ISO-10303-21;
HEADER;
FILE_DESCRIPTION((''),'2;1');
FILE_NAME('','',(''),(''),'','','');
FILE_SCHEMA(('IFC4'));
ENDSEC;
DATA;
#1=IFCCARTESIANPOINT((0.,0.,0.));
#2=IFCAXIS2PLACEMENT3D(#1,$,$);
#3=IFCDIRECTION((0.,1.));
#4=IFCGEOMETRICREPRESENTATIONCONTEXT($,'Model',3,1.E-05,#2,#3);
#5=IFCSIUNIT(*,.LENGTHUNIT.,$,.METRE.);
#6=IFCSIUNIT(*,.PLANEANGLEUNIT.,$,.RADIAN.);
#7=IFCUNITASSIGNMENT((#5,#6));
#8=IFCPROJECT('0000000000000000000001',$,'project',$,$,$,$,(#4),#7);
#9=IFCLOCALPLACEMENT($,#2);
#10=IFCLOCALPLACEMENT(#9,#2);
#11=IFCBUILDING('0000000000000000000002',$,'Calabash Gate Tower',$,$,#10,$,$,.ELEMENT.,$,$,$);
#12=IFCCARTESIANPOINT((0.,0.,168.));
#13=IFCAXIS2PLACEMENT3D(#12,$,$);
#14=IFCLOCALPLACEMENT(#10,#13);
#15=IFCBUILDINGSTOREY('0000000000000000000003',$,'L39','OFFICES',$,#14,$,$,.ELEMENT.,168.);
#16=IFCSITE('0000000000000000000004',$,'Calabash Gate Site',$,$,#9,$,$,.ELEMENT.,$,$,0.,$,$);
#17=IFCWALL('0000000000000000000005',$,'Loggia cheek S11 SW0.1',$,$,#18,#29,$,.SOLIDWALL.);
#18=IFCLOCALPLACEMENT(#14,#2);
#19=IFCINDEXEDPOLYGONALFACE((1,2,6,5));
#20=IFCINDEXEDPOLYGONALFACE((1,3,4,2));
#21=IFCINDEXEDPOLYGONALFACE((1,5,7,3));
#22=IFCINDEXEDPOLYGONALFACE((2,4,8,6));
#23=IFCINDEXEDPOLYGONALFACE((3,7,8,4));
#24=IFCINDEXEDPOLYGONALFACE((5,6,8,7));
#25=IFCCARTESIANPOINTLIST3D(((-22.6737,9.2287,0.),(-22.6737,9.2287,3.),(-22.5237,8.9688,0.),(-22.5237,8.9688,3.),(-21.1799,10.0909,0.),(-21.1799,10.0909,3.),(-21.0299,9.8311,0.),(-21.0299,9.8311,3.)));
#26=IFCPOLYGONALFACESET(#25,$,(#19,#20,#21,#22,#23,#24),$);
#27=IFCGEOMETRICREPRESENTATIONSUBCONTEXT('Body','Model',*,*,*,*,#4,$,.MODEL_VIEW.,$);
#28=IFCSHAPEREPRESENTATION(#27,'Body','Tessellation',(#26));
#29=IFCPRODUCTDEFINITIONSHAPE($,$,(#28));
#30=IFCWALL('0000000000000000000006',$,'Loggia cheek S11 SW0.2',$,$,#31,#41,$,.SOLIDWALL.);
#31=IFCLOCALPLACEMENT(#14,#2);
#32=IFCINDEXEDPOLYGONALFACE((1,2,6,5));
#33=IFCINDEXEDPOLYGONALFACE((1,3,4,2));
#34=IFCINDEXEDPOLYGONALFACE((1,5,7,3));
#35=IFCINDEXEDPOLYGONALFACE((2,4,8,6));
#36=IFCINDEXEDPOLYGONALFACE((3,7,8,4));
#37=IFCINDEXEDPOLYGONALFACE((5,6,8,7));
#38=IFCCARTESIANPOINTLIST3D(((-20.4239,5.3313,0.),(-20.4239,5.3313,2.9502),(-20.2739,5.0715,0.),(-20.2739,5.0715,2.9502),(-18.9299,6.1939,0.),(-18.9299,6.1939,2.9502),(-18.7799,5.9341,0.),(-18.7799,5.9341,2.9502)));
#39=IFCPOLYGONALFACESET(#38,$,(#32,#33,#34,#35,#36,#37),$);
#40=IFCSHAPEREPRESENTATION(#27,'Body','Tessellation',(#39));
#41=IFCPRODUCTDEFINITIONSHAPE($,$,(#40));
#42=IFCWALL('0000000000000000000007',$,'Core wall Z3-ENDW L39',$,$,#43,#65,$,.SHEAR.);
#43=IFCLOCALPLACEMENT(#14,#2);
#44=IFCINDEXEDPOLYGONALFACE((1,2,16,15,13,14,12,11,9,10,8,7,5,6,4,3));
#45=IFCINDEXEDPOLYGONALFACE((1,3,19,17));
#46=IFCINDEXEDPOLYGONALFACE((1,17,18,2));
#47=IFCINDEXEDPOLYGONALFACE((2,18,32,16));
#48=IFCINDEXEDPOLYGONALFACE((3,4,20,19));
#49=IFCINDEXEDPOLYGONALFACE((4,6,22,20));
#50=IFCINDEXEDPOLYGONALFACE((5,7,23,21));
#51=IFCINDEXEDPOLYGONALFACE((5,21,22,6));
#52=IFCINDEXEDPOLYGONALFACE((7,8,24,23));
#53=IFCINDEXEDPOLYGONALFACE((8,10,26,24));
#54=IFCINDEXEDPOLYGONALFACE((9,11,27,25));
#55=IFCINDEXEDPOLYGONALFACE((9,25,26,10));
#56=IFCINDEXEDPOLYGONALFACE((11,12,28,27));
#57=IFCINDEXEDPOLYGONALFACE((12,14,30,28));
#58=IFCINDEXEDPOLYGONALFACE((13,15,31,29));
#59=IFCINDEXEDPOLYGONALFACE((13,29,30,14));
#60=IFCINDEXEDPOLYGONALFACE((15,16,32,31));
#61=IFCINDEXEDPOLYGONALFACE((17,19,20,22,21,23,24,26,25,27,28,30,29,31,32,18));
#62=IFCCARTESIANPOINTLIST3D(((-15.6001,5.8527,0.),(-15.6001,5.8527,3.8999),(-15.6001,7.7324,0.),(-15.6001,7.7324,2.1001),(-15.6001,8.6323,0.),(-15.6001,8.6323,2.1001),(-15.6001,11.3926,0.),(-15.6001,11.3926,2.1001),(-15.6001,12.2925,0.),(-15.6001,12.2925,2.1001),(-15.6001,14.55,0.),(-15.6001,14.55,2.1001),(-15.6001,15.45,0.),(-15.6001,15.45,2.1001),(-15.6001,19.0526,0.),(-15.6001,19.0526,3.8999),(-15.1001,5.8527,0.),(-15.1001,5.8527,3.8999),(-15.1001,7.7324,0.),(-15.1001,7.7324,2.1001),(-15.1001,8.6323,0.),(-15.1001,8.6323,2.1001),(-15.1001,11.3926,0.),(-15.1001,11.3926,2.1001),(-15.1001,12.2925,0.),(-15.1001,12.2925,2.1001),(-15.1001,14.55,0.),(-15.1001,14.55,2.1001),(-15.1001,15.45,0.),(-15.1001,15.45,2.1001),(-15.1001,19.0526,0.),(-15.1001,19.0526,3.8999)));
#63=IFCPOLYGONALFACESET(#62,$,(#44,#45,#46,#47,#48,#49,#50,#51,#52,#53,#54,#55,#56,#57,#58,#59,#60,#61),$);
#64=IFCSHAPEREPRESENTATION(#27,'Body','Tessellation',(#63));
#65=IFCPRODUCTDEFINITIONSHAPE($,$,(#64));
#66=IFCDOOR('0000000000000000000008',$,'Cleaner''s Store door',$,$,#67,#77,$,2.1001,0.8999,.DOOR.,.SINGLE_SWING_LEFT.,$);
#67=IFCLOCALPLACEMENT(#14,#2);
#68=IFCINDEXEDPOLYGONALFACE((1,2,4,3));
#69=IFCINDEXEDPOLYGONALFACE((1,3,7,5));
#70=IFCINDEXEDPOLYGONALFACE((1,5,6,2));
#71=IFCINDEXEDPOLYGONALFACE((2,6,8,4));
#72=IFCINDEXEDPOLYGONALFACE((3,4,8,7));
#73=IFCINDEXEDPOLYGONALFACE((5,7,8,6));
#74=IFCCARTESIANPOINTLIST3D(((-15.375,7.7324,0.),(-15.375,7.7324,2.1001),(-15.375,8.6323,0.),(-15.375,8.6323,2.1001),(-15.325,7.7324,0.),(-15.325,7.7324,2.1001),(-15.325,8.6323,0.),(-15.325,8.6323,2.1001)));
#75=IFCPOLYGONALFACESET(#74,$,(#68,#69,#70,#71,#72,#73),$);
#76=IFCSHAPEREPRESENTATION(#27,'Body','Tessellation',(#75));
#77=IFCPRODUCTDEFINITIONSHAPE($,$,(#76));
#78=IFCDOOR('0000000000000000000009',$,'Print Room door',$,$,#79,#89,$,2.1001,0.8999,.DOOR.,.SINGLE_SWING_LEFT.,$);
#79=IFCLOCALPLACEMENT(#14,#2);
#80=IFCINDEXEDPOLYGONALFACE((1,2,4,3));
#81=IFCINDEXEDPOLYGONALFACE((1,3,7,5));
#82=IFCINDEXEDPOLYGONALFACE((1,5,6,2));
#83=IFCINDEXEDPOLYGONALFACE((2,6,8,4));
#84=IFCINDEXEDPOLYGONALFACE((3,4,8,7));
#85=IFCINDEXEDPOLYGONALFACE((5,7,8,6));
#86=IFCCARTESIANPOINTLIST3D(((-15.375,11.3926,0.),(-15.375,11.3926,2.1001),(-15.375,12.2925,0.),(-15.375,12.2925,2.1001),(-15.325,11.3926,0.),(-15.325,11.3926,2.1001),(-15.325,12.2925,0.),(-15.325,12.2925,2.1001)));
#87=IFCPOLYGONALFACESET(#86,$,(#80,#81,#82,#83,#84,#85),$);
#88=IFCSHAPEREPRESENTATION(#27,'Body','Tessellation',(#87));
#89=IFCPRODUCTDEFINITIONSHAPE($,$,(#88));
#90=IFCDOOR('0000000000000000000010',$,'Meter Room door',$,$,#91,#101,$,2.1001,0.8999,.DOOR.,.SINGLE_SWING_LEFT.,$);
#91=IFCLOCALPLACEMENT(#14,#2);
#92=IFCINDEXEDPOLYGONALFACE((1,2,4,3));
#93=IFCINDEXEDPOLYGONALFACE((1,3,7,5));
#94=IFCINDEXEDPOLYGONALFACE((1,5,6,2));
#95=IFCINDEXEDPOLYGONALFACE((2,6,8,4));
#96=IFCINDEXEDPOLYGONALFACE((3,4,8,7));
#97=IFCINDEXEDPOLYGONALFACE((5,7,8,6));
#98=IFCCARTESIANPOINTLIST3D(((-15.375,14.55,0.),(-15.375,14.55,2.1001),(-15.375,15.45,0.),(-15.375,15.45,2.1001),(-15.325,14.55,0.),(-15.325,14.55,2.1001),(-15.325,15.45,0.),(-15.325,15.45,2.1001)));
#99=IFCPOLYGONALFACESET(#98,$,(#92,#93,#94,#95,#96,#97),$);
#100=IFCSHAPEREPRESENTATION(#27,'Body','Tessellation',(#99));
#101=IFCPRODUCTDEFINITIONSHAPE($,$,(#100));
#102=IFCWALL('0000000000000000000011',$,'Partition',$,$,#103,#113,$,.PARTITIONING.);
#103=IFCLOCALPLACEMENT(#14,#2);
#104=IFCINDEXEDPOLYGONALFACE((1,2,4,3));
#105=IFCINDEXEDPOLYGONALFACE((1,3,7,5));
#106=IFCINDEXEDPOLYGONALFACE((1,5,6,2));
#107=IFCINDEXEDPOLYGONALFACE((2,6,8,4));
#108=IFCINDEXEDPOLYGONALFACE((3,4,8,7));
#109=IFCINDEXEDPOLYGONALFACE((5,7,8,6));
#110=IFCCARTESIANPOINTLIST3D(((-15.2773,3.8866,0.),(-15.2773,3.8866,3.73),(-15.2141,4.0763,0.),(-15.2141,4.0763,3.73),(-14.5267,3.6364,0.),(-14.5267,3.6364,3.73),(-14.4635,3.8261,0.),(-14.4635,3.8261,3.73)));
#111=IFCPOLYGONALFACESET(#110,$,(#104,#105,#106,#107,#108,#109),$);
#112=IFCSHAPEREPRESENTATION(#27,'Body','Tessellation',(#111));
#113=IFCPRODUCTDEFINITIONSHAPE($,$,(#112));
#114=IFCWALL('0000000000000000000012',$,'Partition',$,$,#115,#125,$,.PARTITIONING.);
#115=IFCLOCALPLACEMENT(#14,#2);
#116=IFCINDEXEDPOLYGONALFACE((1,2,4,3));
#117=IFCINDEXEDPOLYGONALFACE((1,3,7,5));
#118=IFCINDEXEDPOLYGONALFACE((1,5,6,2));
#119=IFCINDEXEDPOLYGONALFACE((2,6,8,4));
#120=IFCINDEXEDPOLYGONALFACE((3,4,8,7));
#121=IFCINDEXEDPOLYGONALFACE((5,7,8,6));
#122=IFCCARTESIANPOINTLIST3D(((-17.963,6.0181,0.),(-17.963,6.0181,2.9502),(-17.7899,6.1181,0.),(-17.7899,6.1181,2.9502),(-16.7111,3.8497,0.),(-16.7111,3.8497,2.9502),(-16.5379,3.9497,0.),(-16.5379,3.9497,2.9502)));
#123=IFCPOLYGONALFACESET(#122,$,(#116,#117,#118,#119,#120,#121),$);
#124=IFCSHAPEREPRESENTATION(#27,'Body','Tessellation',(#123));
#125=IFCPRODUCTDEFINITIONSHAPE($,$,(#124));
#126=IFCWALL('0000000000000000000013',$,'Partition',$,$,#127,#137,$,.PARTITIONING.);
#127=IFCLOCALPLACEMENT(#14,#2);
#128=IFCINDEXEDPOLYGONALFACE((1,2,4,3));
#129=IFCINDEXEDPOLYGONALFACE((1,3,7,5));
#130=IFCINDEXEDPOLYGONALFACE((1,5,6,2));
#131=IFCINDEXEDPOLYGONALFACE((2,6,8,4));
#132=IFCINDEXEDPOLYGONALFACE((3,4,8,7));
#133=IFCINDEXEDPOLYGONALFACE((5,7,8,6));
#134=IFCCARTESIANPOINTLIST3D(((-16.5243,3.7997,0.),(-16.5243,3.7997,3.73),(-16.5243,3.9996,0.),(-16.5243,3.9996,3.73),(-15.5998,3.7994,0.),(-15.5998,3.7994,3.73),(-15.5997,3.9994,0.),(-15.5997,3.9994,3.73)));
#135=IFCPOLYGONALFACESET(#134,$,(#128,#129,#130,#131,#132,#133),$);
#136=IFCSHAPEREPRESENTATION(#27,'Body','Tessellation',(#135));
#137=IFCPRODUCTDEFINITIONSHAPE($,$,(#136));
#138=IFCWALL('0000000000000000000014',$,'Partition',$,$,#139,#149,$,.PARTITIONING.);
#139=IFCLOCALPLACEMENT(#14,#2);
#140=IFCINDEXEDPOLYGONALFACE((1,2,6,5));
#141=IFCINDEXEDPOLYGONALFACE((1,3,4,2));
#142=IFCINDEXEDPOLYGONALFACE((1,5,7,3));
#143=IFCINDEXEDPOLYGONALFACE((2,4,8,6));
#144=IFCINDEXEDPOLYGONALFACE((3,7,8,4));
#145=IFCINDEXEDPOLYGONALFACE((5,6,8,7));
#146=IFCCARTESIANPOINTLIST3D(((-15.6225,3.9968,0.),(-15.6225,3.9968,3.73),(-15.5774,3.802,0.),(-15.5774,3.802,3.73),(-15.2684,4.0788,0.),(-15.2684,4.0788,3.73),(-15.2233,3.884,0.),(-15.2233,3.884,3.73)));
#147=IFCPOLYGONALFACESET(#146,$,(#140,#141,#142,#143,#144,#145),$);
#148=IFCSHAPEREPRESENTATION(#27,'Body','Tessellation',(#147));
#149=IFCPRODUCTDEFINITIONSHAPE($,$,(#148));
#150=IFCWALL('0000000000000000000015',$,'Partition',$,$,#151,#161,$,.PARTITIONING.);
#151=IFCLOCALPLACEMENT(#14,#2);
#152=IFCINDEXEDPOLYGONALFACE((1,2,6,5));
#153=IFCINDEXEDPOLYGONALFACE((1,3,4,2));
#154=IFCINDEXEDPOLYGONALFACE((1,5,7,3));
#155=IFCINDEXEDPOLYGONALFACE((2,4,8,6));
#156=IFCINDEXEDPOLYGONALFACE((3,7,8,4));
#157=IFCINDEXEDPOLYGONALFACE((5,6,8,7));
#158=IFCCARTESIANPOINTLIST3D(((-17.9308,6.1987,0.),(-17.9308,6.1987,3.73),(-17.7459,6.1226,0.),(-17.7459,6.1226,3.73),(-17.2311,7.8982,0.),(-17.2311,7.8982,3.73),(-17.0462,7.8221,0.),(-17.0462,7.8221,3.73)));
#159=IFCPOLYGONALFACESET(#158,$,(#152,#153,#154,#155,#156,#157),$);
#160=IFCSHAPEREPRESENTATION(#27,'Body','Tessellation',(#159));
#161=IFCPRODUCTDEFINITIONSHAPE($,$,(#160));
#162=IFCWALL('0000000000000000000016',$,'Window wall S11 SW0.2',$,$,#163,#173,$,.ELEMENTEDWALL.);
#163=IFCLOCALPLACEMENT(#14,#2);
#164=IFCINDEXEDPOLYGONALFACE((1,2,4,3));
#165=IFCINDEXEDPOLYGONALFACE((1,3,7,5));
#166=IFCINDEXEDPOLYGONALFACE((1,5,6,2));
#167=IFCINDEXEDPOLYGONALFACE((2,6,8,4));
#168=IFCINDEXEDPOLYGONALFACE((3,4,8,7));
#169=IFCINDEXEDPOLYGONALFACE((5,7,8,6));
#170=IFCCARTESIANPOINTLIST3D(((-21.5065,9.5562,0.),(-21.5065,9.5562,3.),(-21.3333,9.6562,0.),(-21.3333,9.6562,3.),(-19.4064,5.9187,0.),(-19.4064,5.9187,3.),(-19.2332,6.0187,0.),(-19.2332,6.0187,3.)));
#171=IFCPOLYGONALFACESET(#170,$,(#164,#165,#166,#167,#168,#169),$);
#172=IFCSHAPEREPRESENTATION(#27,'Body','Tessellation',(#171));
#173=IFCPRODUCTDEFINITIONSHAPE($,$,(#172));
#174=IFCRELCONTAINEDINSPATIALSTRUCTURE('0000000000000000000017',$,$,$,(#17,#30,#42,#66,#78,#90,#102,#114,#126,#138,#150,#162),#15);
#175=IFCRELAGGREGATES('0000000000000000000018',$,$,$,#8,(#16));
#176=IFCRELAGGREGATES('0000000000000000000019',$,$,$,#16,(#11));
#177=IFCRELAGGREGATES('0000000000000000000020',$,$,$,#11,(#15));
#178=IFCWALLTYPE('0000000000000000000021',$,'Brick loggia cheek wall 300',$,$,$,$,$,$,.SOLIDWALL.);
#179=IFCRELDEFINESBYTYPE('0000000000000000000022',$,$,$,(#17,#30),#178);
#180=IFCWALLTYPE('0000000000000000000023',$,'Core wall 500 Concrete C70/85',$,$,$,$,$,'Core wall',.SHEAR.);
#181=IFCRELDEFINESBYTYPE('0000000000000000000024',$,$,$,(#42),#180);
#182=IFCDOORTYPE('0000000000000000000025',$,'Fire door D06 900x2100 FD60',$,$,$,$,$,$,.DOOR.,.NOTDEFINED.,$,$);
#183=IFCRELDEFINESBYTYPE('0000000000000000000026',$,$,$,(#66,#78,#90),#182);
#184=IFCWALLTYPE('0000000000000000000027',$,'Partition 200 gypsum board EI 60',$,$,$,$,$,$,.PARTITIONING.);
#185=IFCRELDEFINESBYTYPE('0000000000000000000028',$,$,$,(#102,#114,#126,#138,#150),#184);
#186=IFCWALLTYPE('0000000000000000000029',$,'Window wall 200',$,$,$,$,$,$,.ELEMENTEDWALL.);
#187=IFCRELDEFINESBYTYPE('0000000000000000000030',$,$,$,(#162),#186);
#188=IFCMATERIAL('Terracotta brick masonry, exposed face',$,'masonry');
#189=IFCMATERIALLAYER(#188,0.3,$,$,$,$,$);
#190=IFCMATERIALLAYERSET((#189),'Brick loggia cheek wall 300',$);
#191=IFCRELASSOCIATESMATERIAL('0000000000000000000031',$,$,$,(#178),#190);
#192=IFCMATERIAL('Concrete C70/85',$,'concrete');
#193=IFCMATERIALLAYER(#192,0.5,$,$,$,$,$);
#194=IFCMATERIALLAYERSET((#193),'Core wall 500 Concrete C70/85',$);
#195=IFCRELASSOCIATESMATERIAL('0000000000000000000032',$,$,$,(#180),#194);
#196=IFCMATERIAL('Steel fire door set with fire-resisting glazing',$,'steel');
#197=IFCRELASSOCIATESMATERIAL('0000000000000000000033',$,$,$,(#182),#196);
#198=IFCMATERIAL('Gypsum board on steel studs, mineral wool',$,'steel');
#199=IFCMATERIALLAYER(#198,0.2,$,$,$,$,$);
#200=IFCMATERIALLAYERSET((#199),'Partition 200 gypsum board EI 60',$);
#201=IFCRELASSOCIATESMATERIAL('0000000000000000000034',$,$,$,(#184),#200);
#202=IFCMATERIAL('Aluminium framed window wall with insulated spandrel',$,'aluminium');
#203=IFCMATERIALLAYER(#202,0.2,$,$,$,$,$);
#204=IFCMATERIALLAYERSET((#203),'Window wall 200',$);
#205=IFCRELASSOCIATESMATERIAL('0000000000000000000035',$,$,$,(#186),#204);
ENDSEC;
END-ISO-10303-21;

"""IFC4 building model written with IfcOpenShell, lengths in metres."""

from ifc_helpers import new_model, si_unit, direction, frame, frame_2d, origin, place, context, subcontext, project, spatial, rectangle, extrude, material, layer, layer_set, type_object, element, fill, save


model = new_model("IFC4")

# Units and contexts
model_context = context("Model", 3, precision=1e-05, world=origin(), true_north=direction((0.0, 1.0)))
body_context = subcontext(model_context, "Body", "Model", "MODEL_VIEW")
ifc_project = project(units=[si_unit("LENGTHUNIT", "METRE"), si_unit("PLANEANGLEUNIT", "RADIAN")], contexts=[model_context])

# Site, building, storey
site_placement = place(None, origin())
site = spatial("IfcSite", under=ifc_project, at=site_placement, Name="Calabash Gate Site", CompositionType="ELEMENT", RefElevation=0.0)
building_placement = place(site_placement, origin())
building = spatial("IfcBuilding", under=site, at=building_placement, Name="Calabash Gate Tower", CompositionType="ELEMENT")
storey_placement = place(building_placement, frame((0.0, 0.0, 168.0)))
storey = spatial("IfcBuildingStorey", under=building, at=storey_placement, Name="L39", Description="OFFICES", CompositionType="ELEMENT", Elevation=168.0)

# Walls
ifc_material_1 = material(Name="Terracotta brick masonry, exposed face", Category="masonry")
ifc_layer_1 = layer(ifc_material_1, 0.3)
ifc_layer_set_1 = layer_set([ifc_layer_1], Name="Brick loggia cheek wall 300")
wall_type_1 = type_object("IfcWallType", Name="Brick loggia cheek wall 300", PredefinedType="SOLIDWALL", material=ifc_layer_set_1)
wall_1_placement = place(storey_placement, frame((-21.105, 9.9609, 0.0), z_axis=(0.0, 0.0, 1.0), x_axis=(-0.866075, -0.499914, 0.0)))
element("IfcWall", 1, at=wall_1_placement, inside=storey, type_object=wall_type_1, Name="Loggia cheek S11 SW0.1", PredefinedType="SOLIDWALL", context=body_context, shape_type="SweptSolid", body=[
    extrude(rectangle(XDim=1.7249, YDim=0.3, at=frame_2d((0.8623, 0.0))), origin(), (0.0, 0.0, 1.0), 3.0),
])
wall_2_placement = place(storey_placement, frame((-20.3489, 5.2014, 0.0), z_axis=(0.0, 0.0, 1.0), x_axis=(0.866014, 0.500021, 0.0)))
element("IfcWall", 2, at=wall_2_placement, inside=storey, type_object=wall_type_1, Name="Loggia cheek S11 SW0.2", PredefinedType="SOLIDWALL", context=body_context, shape_type="SweptSolid", body=[
    extrude(rectangle(XDim=1.7251, YDim=0.3, at=frame_2d((0.8625, 0.0))), origin(), (0.0, 0.0, 1.0), 2.9502),
])

# Wall, openings, doors
ifc_material_2 = material(Name="Concrete C70/85", Category="concrete")
ifc_layer_2 = layer(ifc_material_2, 0.5)
ifc_layer_set_2 = layer_set([ifc_layer_2], Name="Core wall 500 Concrete C70/85")
wall_type_2 = type_object("IfcWallType", Name="Core wall 500 Concrete C70/85", ElementType="Core wall", PredefinedType="SHEAR", material=ifc_layer_set_2)
wall_3_placement = place(storey_placement, frame((-15.3501, 5.8525, 0.0), z_axis=(0.0, 0.0, 1.0), x_axis=(0.0, 1.0, 0.0)))
wall_3 = element("IfcWall", 3, at=wall_3_placement, inside=storey, type_object=wall_type_2, Name="Core wall Z3-ENDW L39", PredefinedType="SHEAR", context=body_context, shape_type="SweptSolid", body=[
    extrude(rectangle(XDim=13.2, YDim=0.5, at=frame_2d((6.6001, 0.0))), origin(), (0.0, 0.0, 1.0), 3.8999),
])
opening_1_placement = place(wall_3_placement, frame((1.8799, 0.0, 0.0)))
opening_1 = element("IfcOpeningElement", 4, at=opening_1_placement, cuts=wall_3, PredefinedType="OPENING", context=body_context, shape_type="SweptSolid", body=[
    extrude(rectangle(XDim=0.8999, YDim=2.1001, at=frame_2d((0.45, 1.05))), frame((0.0, 0.26, 0.0), z_axis=(0.0, -1.0, 0.0), x_axis=(1.0, 0.0, 0.0)), (0.0, 0.0, 1.0), 0.52),
])
opening_2_placement = place(wall_3_placement, frame((5.54, 0.0, 0.0)))
opening_2 = element("IfcOpeningElement", 5, at=opening_2_placement, cuts=wall_3, PredefinedType="OPENING", context=body_context, shape_type="SweptSolid", body=[
    extrude(rectangle(XDim=0.8999, YDim=2.1001, at=frame_2d((0.45, 1.05))), frame((0.0, 0.26, 0.0), z_axis=(0.0, -1.0, 0.0), x_axis=(1.0, 0.0, 0.0)), (0.0, 0.0, 1.0), 0.52),
])
opening_3_placement = place(wall_3_placement, frame((8.6975, 0.0, 0.0)))
opening_3 = element("IfcOpeningElement", 6, at=opening_3_placement, cuts=wall_3, PredefinedType="OPENING", context=body_context, shape_type="SweptSolid", body=[
    extrude(rectangle(XDim=0.8999, YDim=2.1001, at=frame_2d((0.45, 1.05))), frame((0.0, 0.26, 0.0), z_axis=(0.0, -1.0, 0.0), x_axis=(1.0, 0.0, 0.0)), (0.0, 0.0, 1.0), 0.52),
])
ifc_material_3 = material(Name="Steel fire door set with fire-resisting glazing", Category="steel")
door_type = type_object("IfcDoorType", Name="Fire door D06 900x2100 FD60", OperationType="NOTDEFINED", PredefinedType="DOOR", material=ifc_material_3)
door_1_placement = place(opening_1_placement, origin())
door_1 = element("IfcDoor", 7, at=door_1_placement, inside=storey, type_object=door_type, Name="Cleaner's Store door", OperationType="SINGLE_SWING_LEFT", OverallHeight=2.1001, OverallWidth=0.8999, PredefinedType="DOOR", context=body_context, shape_type="SweptSolid", body=[
    extrude(rectangle(XDim=0.8999, YDim=2.1001, at=frame_2d((0.45, 1.05))), frame((0.0, 0.0249, 0.0), z_axis=(0.0, -1.0, 0.0), x_axis=(1.0, 0.0, 0.0)), (0.0, 0.0, 1.0), 0.05),
])
fill(opening_1, door_1)
door_2_placement = place(opening_2_placement, origin())
door_2 = element("IfcDoor", 8, at=door_2_placement, inside=storey, type_object=door_type, Name="Print Room door", OperationType="SINGLE_SWING_LEFT", OverallHeight=2.1001, OverallWidth=0.8999, PredefinedType="DOOR", context=body_context, shape_type="SweptSolid", body=[
    extrude(rectangle(XDim=0.8999, YDim=2.1001, at=frame_2d((0.45, 1.05))), frame((0.0, 0.0249, 0.0), z_axis=(0.0, -1.0, 0.0), x_axis=(1.0, 0.0, 0.0)), (0.0, 0.0, 1.0), 0.05),
])
fill(opening_2, door_2)
door_3_placement = place(opening_3_placement, origin())
door_3 = element("IfcDoor", 9, at=door_3_placement, inside=storey, type_object=door_type, Name="Meter Room door", OperationType="SINGLE_SWING_LEFT", OverallHeight=2.1001, OverallWidth=0.8999, PredefinedType="DOOR", context=body_context, shape_type="SweptSolid", body=[
    extrude(rectangle(XDim=0.8999, YDim=2.1001, at=frame_2d((0.45, 1.05))), frame((0.0, 0.0249, 0.0), z_axis=(0.0, -1.0, 0.0), x_axis=(1.0, 0.0, 0.0)), (0.0, 0.0, 1.0), 0.05),
])
fill(opening_3, door_3)

# Walls
ifc_material_4 = material(Name="Gypsum board on steel studs, mineral wool", Category="steel")
ifc_layer_3 = layer(ifc_material_4, 0.2)
ifc_layer_set_3 = layer_set([ifc_layer_3], Name="Partition 200 gypsum board EI 60")
wall_type_3 = type_object("IfcWallType", Name="Partition 200 gypsum board EI 60", PredefinedType="PARTITIONING", material=ifc_layer_set_3)
wall_4_placement = place(storey_placement, frame((-15.2456, 3.9814, 0.0), z_axis=(0.0, 0.0, 1.0), x_axis=(0.948683, -0.316228, 0.0)))
element("IfcWall", 10, at=wall_4_placement, inside=storey, type_object=wall_type_3, Name="Partition", PredefinedType="PARTITIONING", context=body_context, shape_type="SweptSolid", body=[
    extrude(rectangle(XDim=0.7913, YDim=0.2, at=frame_2d((0.3955, 0.0))), origin(), (0.0, 0.0, 1.0), 3.73),
])
wall_5_placement = place(storey_placement, frame((-17.8765, 6.0681, 0.0), z_axis=(0.0, 0.0, 1.0), x_axis=(0.499998, -0.866026, 0.0)))
element("IfcWall", 11, at=wall_5_placement, inside=storey, type_object=wall_type_3, Name="Partition", PredefinedType="PARTITIONING", context=body_context, shape_type="SweptSolid", body=[
    extrude(rectangle(XDim=2.5039, YDim=0.2, at=frame_2d((1.252, 0.0))), origin(), (0.0, 0.0, 1.0), 2.9502),
])
wall_6_placement = place(storey_placement, frame((-16.5244, 3.8997, 0.0), z_axis=(0.0, 0.0, 1.0), x_axis=(1.0, -0.000264, 0.0)))
element("IfcWall", 12, at=wall_6_placement, inside=storey, type_object=wall_type_3, Name="Partition", PredefinedType="PARTITIONING", context=body_context, shape_type="SweptSolid", body=[
    extrude(rectangle(XDim=0.9246, YDim=0.2, at=frame_2d((0.4624, 0.0))), origin(), (0.0, 0.0, 1.0), 3.73),
])
wall_7_placement = place(storey_placement, frame((-15.5999, 3.8994, 0.0), z_axis=(0.0, 0.0, 1.0), x_axis=(0.974221, 0.225595, 0.0)))
element("IfcWall", 13, at=wall_7_placement, inside=storey, type_object=wall_type_3, Name="Partition", PredefinedType="PARTITIONING", context=body_context, shape_type="SweptSolid", body=[
    extrude(rectangle(XDim=0.3635, YDim=0.2, at=frame_2d((0.1816, 0.0))), origin(), (0.0, 0.0, 1.0), 3.73),
])
wall_8_placement = place(storey_placement, frame((-17.8384, 6.1606, 0.0), z_axis=(0.0, 0.0, 1.0), x_axis=(0.380716, 0.924692, 0.0)))
element("IfcWall", 14, at=wall_8_placement, inside=storey, type_object=wall_type_3, Name="Partition", PredefinedType="PARTITIONING", context=body_context, shape_type="SweptSolid", body=[
    extrude(rectangle(XDim=1.8379, YDim=0.2, at=frame_2d((0.9189, 0.0))), origin(), (0.0, 0.0, 1.0), 3.73),
])
ifc_material_5 = material(Name="Aluminium framed window wall with insulated spandrel", Category="aluminium")
ifc_layer_4 = layer(ifc_material_5, 0.2)
ifc_layer_set_4 = layer_set([ifc_layer_4], Name="Window wall 200")
wall_type_4 = type_object("IfcWallType", Name="Window wall 200", PredefinedType="ELEMENTEDWALL", material=ifc_layer_set_4)
wall_9_placement = place(storey_placement, frame((-21.4199, 9.6062, 0.0), z_axis=(0.0, 0.0, 1.0), x_axis=(0.500003, -0.866024, 0.0)))
element("IfcWall", 15, at=wall_9_placement, inside=storey, type_object=wall_type_4, Name="Window wall S11 SW0.2", PredefinedType="ELEMENTEDWALL", context=body_context, shape_type="SweptSolid", body=[
    extrude(rectangle(XDim=4.2002, YDim=0.2, at=frame_2d((2.1001, 0.0))), origin(), (0.0, 0.0, 1.0), 3.0),
])

save(model, "model.ifc")
